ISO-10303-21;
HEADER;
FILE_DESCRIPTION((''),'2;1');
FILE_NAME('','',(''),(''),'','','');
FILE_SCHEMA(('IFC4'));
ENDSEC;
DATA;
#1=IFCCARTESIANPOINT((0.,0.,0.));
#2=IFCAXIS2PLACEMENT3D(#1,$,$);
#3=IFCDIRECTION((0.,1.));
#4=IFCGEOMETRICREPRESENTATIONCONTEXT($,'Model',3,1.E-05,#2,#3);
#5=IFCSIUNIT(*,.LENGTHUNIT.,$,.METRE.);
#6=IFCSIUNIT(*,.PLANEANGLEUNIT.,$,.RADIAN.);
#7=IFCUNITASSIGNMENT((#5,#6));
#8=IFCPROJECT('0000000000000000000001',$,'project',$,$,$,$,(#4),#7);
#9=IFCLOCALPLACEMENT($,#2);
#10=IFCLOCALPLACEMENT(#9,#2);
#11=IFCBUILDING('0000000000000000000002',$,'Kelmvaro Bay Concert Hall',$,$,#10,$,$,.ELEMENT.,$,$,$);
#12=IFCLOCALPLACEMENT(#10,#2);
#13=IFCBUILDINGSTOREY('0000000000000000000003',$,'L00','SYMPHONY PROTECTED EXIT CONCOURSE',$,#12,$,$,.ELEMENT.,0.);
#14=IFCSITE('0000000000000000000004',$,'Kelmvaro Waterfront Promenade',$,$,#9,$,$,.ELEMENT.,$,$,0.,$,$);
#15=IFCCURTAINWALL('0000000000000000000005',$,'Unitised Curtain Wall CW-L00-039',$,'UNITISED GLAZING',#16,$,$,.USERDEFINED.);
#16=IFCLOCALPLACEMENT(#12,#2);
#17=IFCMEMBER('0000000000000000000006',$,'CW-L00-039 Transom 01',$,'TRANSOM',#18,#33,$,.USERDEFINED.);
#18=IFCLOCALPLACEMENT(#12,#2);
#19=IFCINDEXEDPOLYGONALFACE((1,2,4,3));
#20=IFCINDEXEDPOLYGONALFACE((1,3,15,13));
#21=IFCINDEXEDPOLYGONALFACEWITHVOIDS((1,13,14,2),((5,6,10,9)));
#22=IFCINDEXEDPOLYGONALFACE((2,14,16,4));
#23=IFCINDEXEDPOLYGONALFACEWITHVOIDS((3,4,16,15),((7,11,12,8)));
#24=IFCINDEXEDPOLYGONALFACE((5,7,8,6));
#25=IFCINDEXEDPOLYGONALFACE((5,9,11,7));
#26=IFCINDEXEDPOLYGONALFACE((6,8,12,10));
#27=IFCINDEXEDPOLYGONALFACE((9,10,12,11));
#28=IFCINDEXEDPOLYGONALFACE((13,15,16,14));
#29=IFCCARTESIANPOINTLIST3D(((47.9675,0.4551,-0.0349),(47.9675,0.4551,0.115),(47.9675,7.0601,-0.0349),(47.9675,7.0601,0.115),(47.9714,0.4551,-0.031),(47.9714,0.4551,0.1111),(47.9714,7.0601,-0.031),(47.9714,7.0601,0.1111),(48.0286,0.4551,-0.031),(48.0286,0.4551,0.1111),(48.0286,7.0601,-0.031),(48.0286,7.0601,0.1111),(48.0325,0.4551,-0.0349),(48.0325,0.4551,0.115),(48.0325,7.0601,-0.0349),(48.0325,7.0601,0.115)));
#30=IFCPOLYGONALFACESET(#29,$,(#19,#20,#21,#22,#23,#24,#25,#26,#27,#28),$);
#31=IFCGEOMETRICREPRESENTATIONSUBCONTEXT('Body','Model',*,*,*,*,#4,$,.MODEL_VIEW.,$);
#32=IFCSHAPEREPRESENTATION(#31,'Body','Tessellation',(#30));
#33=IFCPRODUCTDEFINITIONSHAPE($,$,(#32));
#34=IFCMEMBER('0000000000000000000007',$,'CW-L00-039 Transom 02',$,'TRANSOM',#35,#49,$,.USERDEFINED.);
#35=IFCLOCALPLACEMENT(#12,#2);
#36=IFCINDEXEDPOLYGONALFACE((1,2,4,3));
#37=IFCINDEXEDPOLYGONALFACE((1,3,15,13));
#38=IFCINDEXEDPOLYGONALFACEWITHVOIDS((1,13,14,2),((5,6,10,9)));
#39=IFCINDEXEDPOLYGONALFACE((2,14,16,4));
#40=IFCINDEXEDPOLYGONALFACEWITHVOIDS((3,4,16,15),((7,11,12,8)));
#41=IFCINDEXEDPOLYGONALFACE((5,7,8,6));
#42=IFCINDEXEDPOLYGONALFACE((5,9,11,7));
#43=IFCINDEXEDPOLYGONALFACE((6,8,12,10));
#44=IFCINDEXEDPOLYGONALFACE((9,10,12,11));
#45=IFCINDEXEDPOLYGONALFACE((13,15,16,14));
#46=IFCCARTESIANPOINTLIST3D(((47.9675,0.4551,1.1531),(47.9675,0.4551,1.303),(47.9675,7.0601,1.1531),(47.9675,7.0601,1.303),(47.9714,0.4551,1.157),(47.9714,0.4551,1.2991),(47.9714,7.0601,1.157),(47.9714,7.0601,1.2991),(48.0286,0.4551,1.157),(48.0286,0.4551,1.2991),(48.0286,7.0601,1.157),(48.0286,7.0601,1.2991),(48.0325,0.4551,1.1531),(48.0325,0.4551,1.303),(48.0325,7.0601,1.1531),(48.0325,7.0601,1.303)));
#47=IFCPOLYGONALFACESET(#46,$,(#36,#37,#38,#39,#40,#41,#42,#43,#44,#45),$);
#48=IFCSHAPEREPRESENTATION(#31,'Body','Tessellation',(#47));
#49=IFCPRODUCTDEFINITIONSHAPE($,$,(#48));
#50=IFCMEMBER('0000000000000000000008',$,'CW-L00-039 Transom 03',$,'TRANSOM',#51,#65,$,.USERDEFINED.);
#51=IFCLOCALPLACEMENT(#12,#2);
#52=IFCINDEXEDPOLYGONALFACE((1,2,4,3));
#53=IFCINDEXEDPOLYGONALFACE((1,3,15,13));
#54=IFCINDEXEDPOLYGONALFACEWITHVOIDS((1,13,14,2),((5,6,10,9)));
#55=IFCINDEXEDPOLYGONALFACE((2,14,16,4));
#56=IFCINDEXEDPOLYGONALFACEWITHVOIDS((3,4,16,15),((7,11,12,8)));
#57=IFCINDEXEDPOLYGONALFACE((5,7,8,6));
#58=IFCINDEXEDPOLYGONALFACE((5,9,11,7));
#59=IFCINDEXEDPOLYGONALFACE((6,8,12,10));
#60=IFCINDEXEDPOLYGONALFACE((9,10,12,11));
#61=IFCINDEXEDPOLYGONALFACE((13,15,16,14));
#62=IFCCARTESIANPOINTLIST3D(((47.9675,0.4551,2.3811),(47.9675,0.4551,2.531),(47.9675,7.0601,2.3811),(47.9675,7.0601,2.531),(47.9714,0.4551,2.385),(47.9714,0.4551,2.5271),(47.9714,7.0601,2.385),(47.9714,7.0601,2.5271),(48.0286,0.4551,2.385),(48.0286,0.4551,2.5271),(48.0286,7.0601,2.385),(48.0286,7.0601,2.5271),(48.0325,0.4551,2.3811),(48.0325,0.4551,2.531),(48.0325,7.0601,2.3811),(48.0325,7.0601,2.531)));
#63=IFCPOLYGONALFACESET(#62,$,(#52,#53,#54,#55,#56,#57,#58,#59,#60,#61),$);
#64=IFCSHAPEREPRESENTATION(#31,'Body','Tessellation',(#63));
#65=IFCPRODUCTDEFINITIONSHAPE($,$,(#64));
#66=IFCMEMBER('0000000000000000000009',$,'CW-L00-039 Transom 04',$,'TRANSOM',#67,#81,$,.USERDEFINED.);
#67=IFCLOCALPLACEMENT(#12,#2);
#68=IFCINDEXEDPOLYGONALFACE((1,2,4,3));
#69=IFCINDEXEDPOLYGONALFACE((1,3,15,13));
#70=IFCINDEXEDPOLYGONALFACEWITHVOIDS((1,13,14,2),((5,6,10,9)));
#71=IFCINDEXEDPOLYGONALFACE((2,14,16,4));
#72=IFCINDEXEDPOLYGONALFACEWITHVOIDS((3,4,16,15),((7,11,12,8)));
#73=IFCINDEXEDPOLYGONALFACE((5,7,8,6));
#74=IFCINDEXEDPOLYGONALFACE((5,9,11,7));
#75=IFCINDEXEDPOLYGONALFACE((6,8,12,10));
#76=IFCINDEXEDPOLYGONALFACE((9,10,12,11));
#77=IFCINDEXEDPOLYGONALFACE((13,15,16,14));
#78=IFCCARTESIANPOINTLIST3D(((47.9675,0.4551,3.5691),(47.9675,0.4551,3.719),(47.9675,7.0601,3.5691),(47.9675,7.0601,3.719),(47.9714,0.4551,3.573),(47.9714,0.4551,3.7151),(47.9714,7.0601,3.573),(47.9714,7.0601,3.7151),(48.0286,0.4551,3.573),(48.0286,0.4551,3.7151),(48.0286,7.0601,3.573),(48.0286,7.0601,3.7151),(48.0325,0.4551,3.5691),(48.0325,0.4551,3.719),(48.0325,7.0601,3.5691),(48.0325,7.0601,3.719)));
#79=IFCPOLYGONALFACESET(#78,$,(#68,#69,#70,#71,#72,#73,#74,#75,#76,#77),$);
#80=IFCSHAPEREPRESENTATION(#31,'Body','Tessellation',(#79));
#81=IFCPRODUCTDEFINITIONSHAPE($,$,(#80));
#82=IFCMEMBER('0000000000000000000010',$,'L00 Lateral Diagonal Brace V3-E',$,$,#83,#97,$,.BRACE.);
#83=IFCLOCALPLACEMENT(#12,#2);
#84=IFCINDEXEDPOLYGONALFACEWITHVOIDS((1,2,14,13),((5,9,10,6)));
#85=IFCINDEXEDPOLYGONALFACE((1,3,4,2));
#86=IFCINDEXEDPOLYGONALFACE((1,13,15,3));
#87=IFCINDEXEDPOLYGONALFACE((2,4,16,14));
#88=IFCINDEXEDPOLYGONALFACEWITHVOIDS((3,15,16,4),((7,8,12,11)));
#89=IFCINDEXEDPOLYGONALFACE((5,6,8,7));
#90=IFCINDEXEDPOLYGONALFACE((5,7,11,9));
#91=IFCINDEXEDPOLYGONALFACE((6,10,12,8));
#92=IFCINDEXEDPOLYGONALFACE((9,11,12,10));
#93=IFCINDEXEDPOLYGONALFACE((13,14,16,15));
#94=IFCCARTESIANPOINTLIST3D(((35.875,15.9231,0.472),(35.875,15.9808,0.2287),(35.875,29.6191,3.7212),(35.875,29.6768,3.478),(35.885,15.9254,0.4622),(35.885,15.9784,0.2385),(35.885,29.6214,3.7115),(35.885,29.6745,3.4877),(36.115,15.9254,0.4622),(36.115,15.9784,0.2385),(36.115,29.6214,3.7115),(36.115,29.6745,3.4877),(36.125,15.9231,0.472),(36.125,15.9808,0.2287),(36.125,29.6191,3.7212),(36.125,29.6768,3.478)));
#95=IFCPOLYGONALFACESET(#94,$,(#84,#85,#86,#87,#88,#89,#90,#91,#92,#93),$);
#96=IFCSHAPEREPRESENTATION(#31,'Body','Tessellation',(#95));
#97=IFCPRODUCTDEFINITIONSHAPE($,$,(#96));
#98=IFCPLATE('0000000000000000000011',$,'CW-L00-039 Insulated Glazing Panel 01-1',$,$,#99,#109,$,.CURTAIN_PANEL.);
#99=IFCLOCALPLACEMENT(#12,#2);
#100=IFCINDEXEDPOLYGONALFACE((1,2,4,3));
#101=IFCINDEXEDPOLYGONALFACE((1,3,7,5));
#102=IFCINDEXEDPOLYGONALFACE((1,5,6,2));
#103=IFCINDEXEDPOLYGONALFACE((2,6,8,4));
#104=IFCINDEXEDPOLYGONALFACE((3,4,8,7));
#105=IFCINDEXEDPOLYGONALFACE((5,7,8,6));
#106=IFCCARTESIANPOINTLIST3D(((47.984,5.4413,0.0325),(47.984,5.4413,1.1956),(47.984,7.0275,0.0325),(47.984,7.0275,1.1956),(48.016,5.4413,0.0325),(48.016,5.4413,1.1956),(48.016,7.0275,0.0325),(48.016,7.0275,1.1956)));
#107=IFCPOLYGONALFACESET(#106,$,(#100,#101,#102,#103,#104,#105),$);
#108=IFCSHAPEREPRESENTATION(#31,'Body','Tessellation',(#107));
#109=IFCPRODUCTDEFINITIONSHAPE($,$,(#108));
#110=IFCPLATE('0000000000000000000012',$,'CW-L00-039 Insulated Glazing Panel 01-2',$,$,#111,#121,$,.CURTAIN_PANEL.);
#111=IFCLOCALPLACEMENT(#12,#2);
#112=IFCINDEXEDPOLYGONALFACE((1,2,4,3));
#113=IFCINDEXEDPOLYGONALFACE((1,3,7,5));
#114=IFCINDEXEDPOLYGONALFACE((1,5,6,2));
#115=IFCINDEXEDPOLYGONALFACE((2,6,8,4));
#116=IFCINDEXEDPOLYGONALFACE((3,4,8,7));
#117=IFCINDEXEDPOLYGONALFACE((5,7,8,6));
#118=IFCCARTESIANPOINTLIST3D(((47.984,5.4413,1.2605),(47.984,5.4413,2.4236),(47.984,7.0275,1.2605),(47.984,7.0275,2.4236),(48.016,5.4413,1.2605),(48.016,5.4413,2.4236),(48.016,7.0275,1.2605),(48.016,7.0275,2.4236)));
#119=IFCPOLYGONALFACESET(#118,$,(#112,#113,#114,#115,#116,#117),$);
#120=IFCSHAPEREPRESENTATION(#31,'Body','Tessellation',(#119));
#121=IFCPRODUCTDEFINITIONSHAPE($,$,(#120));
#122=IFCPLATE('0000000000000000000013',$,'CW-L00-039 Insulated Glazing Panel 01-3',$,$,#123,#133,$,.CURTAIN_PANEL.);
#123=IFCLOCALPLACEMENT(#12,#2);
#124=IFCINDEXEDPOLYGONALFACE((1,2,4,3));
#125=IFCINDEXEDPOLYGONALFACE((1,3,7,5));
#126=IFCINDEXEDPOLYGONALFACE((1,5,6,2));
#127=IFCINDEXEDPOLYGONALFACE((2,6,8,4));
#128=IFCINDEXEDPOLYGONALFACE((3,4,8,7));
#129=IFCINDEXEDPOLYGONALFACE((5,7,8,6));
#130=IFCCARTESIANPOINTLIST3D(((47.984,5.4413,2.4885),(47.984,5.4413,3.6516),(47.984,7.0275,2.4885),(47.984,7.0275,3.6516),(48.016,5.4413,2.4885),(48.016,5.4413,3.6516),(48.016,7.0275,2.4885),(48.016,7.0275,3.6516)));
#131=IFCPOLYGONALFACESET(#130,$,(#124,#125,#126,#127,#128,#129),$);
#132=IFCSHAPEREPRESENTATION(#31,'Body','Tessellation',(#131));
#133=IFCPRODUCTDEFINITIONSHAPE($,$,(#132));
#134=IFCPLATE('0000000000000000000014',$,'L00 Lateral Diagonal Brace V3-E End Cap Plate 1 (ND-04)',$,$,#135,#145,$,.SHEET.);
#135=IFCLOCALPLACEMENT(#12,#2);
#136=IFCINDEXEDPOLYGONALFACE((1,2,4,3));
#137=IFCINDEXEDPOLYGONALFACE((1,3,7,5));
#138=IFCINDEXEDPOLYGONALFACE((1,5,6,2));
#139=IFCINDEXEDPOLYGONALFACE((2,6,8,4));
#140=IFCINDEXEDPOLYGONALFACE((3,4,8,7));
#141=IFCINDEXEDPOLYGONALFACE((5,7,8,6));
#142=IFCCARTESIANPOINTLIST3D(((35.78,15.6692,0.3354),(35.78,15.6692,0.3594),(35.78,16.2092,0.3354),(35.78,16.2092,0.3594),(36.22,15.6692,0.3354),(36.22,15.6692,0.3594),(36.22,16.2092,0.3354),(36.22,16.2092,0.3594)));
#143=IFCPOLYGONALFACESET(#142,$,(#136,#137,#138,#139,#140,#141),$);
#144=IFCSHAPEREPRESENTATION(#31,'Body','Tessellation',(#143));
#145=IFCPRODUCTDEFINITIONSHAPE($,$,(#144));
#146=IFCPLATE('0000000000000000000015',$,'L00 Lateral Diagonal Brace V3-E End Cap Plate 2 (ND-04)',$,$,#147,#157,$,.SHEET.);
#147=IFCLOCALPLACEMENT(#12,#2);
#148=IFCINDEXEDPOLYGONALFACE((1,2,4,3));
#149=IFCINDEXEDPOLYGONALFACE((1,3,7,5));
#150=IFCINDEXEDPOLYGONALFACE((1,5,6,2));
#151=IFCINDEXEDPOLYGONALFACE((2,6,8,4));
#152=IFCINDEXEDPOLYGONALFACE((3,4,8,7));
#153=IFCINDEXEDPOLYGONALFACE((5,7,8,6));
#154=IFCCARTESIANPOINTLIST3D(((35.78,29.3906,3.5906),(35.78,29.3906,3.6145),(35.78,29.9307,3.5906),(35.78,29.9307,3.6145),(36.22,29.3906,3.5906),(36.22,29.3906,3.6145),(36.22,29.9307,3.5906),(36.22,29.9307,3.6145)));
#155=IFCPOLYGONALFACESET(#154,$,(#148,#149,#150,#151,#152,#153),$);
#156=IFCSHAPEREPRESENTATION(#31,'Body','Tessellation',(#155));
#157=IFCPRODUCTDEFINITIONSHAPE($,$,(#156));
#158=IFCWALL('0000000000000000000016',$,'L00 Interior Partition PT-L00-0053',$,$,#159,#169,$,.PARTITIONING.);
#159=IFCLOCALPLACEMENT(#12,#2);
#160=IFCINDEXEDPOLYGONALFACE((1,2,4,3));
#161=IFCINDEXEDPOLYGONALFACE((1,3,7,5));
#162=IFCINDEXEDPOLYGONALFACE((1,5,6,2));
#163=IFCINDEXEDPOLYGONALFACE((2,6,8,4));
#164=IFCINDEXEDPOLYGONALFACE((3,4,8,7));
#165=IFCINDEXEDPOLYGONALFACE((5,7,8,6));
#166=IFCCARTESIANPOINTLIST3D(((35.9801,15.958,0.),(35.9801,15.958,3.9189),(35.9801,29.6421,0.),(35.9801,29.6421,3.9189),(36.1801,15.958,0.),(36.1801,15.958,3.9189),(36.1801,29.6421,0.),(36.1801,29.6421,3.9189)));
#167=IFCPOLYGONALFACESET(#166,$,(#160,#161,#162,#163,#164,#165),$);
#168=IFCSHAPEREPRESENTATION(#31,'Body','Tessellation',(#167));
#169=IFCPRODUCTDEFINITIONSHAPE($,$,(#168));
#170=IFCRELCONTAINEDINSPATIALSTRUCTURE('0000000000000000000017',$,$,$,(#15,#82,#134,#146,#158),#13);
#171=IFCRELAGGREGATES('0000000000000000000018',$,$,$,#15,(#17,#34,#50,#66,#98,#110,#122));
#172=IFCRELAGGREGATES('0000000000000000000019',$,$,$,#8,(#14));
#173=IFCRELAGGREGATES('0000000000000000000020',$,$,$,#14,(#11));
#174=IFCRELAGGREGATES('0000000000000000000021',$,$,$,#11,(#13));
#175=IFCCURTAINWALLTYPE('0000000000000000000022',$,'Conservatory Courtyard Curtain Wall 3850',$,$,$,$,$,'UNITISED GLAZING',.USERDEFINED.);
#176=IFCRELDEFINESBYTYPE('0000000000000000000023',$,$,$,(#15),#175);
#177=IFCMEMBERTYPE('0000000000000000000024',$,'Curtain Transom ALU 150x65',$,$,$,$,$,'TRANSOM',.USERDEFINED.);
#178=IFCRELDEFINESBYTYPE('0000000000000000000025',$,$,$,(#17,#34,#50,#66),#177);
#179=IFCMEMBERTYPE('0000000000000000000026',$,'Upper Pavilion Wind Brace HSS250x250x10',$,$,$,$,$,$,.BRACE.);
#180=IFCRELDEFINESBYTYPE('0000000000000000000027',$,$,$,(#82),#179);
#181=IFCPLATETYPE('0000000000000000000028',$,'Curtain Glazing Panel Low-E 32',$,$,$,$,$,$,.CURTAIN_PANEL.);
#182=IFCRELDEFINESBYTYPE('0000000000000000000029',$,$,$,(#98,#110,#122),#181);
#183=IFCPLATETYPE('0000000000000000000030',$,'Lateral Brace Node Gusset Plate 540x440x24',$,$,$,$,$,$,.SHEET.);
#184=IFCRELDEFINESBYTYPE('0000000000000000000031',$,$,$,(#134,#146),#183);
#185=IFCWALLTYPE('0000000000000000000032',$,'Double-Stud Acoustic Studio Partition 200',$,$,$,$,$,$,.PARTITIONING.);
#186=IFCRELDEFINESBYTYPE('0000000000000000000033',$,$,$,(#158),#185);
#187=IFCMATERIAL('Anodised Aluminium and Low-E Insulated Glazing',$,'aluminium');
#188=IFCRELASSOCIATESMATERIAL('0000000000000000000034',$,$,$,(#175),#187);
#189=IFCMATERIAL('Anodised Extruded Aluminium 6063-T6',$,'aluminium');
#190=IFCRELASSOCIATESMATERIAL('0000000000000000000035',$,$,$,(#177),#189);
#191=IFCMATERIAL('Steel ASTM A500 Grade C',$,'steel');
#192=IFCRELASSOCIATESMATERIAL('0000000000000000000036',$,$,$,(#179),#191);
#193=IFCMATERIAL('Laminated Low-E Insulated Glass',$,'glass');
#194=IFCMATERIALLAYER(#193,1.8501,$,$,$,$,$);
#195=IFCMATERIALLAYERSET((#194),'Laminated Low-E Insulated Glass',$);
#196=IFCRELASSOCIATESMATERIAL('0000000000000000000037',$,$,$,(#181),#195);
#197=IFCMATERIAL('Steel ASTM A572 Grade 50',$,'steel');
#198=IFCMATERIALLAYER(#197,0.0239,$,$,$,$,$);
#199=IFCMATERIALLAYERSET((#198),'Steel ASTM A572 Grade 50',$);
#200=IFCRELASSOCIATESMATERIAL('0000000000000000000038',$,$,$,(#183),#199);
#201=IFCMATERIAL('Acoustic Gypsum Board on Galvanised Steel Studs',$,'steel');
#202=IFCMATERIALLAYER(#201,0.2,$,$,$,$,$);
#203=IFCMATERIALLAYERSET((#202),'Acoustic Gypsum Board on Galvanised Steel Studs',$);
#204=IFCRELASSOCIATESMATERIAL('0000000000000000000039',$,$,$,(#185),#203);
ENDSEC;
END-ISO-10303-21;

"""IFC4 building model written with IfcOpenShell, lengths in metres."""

from ifc_helpers import new_model, si_unit, direction, frame, frame_2d, origin, origin_2d, place, context, subcontext, project, spatial, rectangle, hollow_rectangle, extrude, material, layer, layer_set, material_profile, profile_set, type_object, element, aggregate, save


model = new_model("IFC4")

# Units and contexts
model_context = context("Model", 3, precision=1e-05, world=origin(), true_north=direction((0.0, 1.0)))
body_context = subcontext(model_context, "Body", "Model", "MODEL_VIEW")
ifc_project = project(units=[si_unit("LENGTHUNIT", "METRE"), si_unit("PLANEANGLEUNIT", "RADIAN")], contexts=[model_context])

# Site, building, storey
site_placement = place(None, origin())
site = spatial("IfcSite", under=ifc_project, at=site_placement, Name="Kelmvaro Waterfront Promenade", CompositionType="ELEMENT", RefElevation=0.0)
building_placement = place(site_placement, origin())
building = spatial("IfcBuilding", under=site, at=building_placement, Name="Kelmvaro Bay Concert Hall", CompositionType="ELEMENT")
storey_placement = place(building_placement, origin())
storey = spatial("IfcBuildingStorey", under=building, at=storey_placement, Name="L00", Description="SYMPHONY PROTECTED EXIT CONCOURSE", CompositionType="ELEMENT", Elevation=0.0)

# Curtain wall, members
ifc_material_1 = material(Name="Anodised Aluminium and Low-E Insulated Glazing", Category="aluminium")
curtain_wall_type = type_object("IfcCurtainWallType", Name="Conservatory Courtyard Curtain Wall 3850", ElementType="UNITISED GLAZING", PredefinedType="USERDEFINED", material=ifc_material_1)
curtain_wall_placement = place(storey_placement, origin())
curtain_wall = element("IfcCurtainWall", 1, at=curtain_wall_placement, inside=storey, type_object=curtain_wall_type, Name="Unitised Curtain Wall CW-L00-039", ObjectType="UNITISED GLAZING", PredefinedType="USERDEFINED")
ifc_material_2 = material(Name="Anodised Extruded Aluminium 6063-T6", Category="aluminium")
ifc_material_profile_1 = material_profile(ifc_material_2, hollow_rectangle(XDim=0.0649, YDim=0.1499, WallThickness=0.0039, at=origin_2d()), Name="ALU-TRN-150X65")
ifc_profile_set_1 = profile_set([ifc_material_profile_1], Name="Anodised Extruded Aluminium 6063-T6")
member_type_1 = type_object("IfcMemberType", Name="Curtain Transom ALU 150x65", ElementType="TRANSOM", PredefinedType="USERDEFINED", material=ifc_profile_set_1)
member_1_placement = place(storey_placement, frame((48.0, 7.0601, 0.04), z_axis=(0.0, -1.0, 0.0), x_axis=(1.0, 0.0, 0.0)))
member_1 = element("IfcMember", 2, at=member_1_placement, type_object=member_type_1, Name="CW-L00-039 Transom 01", ObjectType="TRANSOM", PredefinedType="USERDEFINED", context=body_context, shape_type="SweptSolid", body=[
    extrude(hollow_rectangle(XDim=0.0649, YDim=0.1499, WallThickness=0.0039, at=origin_2d()), origin(), (0.0, 0.0, 1.0), 6.605),
])
member_2_placement = place(storey_placement, frame((48.0, 7.0601, 1.228), z_axis=(0.0, -1.0, 0.0), x_axis=(1.0, 0.0, 0.0)))
member_2 = element("IfcMember", 3, at=member_2_placement, type_object=member_type_1, Name="CW-L00-039 Transom 02", ObjectType="TRANSOM", PredefinedType="USERDEFINED", context=body_context, shape_type="SweptSolid", body=[
    extrude(hollow_rectangle(XDim=0.0649, YDim=0.1499, WallThickness=0.0039, at=origin_2d()), origin(), (0.0, 0.0, 1.0), 6.605),
])
member_3_placement = place(storey_placement, frame((48.0, 7.0601, 2.4561), z_axis=(0.0, -1.0, 0.0), x_axis=(1.0, 0.0, 0.0)))
member_3 = element("IfcMember", 4, at=member_3_placement, type_object=member_type_1, Name="CW-L00-039 Transom 03", ObjectType="TRANSOM", PredefinedType="USERDEFINED", context=body_context, shape_type="SweptSolid", body=[
    extrude(hollow_rectangle(XDim=0.0649, YDim=0.1499, WallThickness=0.0039, at=origin_2d()), origin(), (0.0, 0.0, 1.0), 6.605),
])
member_4_placement = place(storey_placement, frame((48.0, 7.0601, 3.644), z_axis=(0.0, -1.0, 0.0), x_axis=(1.0, 0.0, 0.0)))
member_4 = element("IfcMember", 5, at=member_4_placement, type_object=member_type_1, Name="CW-L00-039 Transom 04", ObjectType="TRANSOM", PredefinedType="USERDEFINED", context=body_context, shape_type="SweptSolid", body=[
    extrude(hollow_rectangle(XDim=0.0649, YDim=0.1499, WallThickness=0.0039, at=origin_2d()), origin(), (0.0, 0.0, 1.0), 6.605),
])

# Member
ifc_material_3 = material(Name="Steel ASTM A500 Grade C", Category="steel")
ifc_material_profile_2 = material_profile(ifc_material_3, hollow_rectangle(XDim=0.25, YDim=0.25, WallThickness=0.01, at=origin_2d()), Name="HSS250X250X10")
ifc_profile_set_2 = profile_set([ifc_material_profile_2], Name="Steel ASTM A500 Grade C")
member_type_2 = type_object("IfcMemberType", Name="Upper Pavilion Wind Brace HSS250x250x10", PredefinedType="BRACE", material=ifc_profile_set_2)
member_5_placement = place(storey_placement, frame((36.0, 15.9519, 0.3503), z_axis=(0.0, 0.972993, 0.230834), x_axis=(-1.0, 0.0, 0.0)))
element("IfcMember", 6, at=member_5_placement, inside=storey, type_object=member_type_2, Name="L00 Lateral Diagonal Brace V3-E", PredefinedType="BRACE", context=body_context, shape_type="SweptSolid", body=[
    extrude(hollow_rectangle(XDim=0.25, YDim=0.25, WallThickness=0.01, at=origin_2d()), origin(), (0.0, 0.0, 1.0), 14.0762),
])

# Plates
ifc_material_4 = material(Name="Laminated Low-E Insulated Glass", Category="glass")
ifc_layer_1 = layer(ifc_material_4, 1.8501)
ifc_layer_set_1 = layer_set([ifc_layer_1], Name="Laminated Low-E Insulated Glass")
plate_type_1 = type_object("IfcPlateType", Name="Curtain Glazing Panel Low-E 32", PredefinedType="CURTAIN_PANEL", material=ifc_layer_set_1)
plate_1_placement = place(storey_placement, frame((48.0, 6.2344, 0.0325), z_axis=(0.0, 0.0, 1.0), x_axis=(0.0, -1.0, 0.0)))
plate_1 = element("IfcPlate", 7, at=plate_1_placement, type_object=plate_type_1, Name="CW-L00-039 Insulated Glazing Panel 01-1", PredefinedType="CURTAIN_PANEL", context=body_context, shape_type="SweptSolid", body=[
    extrude(rectangle(XDim=1.5862, YDim=0.032, at=origin_2d()), origin(), (0.0, 0.0, 1.0), 1.1631),
])
plate_2_placement = place(storey_placement, frame((48.0, 6.2344, 1.2605), z_axis=(0.0, 0.0, 1.0), x_axis=(0.0, -1.0, 0.0)))
plate_2 = element("IfcPlate", 8, at=plate_2_placement, type_object=plate_type_1, Name="CW-L00-039 Insulated Glazing Panel 01-2", PredefinedType="CURTAIN_PANEL", context=body_context, shape_type="SweptSolid", body=[
    extrude(rectangle(XDim=1.5862, YDim=0.032, at=origin_2d()), origin(), (0.0, 0.0, 1.0), 1.1631),
])
plate_3_placement = place(storey_placement, frame((48.0, 6.2344, 2.4885), z_axis=(0.0, 0.0, 1.0), x_axis=(0.0, -1.0, 0.0)))
plate_3 = element("IfcPlate", 9, at=plate_3_placement, type_object=plate_type_1, Name="CW-L00-039 Insulated Glazing Panel 01-3", PredefinedType="CURTAIN_PANEL", context=body_context, shape_type="SweptSolid", body=[
    extrude(rectangle(XDim=1.5862, YDim=0.032, at=origin_2d()), origin(), (0.0, 0.0, 1.0), 1.1631),
])
aggregate(curtain_wall, [member_1, member_2, member_3, member_4, plate_1, plate_2, plate_3])

# Plates
ifc_material_5 = material(Name="Steel ASTM A572 Grade 50", Category="steel")
ifc_layer_2 = layer(ifc_material_5, 0.0239)
ifc_layer_set_2 = layer_set([ifc_layer_2], Name="Steel ASTM A572 Grade 50")
plate_type_2 = type_object("IfcPlateType", Name="Lateral Brace Node Gusset Plate 540x440x24", PredefinedType="SHEET", material=ifc_layer_set_2)
for number, where, z_axis, x_axis, name in (
    (10, (36.0, 15.9392, 0.3354), (0.0, 0.0, 1.0), (0.0, 1.0, 0.0), "L00 Lateral Diagonal Brace V3-E End Cap Plate 1 (ND-04)"),
    (11, (36.0, 29.6606, 3.5906), (0.0, 0.0, 1.0), (0.0, 1.0, 0.0), "L00 Lateral Diagonal Brace V3-E End Cap Plate 2 (ND-04)"),
):
    element("IfcPlate", number, at=place(storey_placement, frame(where, z_axis=z_axis, x_axis=x_axis)), inside=storey, type_object=plate_type_2, Name=name, PredefinedType="SHEET", context=body_context, shape_type="SweptSolid", body=[
        extrude(rectangle(XDim=0.54, YDim=0.4399, at=origin_2d()), origin(), (0.0, 0.0, 1.0), 0.0239),
    ])

# Wall
ifc_material_6 = material(Name="Acoustic Gypsum Board on Galvanised Steel Studs", Category="steel")
ifc_layer_3 = layer(ifc_material_6, 0.2)
ifc_layer_set_3 = layer_set([ifc_layer_3], Name="Acoustic Gypsum Board on Galvanised Steel Studs")
wall_type_1 = type_object("IfcWallType", Name="Double-Stud Acoustic Studio Partition 200", PredefinedType="PARTITIONING", material=ifc_layer_set_3)
wall_1_placement = place(storey_placement, frame((36.0801, 15.958, 0.0), z_axis=(0.0, 0.0, 1.0), x_axis=(0.0, 1.0, 0.0)))
element("IfcWall", 12, at=wall_1_placement, inside=storey, type_object=wall_type_1, Name="L00 Interior Partition PT-L00-0053", PredefinedType="PARTITIONING", context=body_context, shape_type="SweptSolid", body=[
    extrude(rectangle(XDim=13.6841, YDim=0.2, at=frame_2d((6.842, 0.0))), origin(), (0.0, 0.0, 1.0), 3.9189),
])

save(model, "model.ifc")
